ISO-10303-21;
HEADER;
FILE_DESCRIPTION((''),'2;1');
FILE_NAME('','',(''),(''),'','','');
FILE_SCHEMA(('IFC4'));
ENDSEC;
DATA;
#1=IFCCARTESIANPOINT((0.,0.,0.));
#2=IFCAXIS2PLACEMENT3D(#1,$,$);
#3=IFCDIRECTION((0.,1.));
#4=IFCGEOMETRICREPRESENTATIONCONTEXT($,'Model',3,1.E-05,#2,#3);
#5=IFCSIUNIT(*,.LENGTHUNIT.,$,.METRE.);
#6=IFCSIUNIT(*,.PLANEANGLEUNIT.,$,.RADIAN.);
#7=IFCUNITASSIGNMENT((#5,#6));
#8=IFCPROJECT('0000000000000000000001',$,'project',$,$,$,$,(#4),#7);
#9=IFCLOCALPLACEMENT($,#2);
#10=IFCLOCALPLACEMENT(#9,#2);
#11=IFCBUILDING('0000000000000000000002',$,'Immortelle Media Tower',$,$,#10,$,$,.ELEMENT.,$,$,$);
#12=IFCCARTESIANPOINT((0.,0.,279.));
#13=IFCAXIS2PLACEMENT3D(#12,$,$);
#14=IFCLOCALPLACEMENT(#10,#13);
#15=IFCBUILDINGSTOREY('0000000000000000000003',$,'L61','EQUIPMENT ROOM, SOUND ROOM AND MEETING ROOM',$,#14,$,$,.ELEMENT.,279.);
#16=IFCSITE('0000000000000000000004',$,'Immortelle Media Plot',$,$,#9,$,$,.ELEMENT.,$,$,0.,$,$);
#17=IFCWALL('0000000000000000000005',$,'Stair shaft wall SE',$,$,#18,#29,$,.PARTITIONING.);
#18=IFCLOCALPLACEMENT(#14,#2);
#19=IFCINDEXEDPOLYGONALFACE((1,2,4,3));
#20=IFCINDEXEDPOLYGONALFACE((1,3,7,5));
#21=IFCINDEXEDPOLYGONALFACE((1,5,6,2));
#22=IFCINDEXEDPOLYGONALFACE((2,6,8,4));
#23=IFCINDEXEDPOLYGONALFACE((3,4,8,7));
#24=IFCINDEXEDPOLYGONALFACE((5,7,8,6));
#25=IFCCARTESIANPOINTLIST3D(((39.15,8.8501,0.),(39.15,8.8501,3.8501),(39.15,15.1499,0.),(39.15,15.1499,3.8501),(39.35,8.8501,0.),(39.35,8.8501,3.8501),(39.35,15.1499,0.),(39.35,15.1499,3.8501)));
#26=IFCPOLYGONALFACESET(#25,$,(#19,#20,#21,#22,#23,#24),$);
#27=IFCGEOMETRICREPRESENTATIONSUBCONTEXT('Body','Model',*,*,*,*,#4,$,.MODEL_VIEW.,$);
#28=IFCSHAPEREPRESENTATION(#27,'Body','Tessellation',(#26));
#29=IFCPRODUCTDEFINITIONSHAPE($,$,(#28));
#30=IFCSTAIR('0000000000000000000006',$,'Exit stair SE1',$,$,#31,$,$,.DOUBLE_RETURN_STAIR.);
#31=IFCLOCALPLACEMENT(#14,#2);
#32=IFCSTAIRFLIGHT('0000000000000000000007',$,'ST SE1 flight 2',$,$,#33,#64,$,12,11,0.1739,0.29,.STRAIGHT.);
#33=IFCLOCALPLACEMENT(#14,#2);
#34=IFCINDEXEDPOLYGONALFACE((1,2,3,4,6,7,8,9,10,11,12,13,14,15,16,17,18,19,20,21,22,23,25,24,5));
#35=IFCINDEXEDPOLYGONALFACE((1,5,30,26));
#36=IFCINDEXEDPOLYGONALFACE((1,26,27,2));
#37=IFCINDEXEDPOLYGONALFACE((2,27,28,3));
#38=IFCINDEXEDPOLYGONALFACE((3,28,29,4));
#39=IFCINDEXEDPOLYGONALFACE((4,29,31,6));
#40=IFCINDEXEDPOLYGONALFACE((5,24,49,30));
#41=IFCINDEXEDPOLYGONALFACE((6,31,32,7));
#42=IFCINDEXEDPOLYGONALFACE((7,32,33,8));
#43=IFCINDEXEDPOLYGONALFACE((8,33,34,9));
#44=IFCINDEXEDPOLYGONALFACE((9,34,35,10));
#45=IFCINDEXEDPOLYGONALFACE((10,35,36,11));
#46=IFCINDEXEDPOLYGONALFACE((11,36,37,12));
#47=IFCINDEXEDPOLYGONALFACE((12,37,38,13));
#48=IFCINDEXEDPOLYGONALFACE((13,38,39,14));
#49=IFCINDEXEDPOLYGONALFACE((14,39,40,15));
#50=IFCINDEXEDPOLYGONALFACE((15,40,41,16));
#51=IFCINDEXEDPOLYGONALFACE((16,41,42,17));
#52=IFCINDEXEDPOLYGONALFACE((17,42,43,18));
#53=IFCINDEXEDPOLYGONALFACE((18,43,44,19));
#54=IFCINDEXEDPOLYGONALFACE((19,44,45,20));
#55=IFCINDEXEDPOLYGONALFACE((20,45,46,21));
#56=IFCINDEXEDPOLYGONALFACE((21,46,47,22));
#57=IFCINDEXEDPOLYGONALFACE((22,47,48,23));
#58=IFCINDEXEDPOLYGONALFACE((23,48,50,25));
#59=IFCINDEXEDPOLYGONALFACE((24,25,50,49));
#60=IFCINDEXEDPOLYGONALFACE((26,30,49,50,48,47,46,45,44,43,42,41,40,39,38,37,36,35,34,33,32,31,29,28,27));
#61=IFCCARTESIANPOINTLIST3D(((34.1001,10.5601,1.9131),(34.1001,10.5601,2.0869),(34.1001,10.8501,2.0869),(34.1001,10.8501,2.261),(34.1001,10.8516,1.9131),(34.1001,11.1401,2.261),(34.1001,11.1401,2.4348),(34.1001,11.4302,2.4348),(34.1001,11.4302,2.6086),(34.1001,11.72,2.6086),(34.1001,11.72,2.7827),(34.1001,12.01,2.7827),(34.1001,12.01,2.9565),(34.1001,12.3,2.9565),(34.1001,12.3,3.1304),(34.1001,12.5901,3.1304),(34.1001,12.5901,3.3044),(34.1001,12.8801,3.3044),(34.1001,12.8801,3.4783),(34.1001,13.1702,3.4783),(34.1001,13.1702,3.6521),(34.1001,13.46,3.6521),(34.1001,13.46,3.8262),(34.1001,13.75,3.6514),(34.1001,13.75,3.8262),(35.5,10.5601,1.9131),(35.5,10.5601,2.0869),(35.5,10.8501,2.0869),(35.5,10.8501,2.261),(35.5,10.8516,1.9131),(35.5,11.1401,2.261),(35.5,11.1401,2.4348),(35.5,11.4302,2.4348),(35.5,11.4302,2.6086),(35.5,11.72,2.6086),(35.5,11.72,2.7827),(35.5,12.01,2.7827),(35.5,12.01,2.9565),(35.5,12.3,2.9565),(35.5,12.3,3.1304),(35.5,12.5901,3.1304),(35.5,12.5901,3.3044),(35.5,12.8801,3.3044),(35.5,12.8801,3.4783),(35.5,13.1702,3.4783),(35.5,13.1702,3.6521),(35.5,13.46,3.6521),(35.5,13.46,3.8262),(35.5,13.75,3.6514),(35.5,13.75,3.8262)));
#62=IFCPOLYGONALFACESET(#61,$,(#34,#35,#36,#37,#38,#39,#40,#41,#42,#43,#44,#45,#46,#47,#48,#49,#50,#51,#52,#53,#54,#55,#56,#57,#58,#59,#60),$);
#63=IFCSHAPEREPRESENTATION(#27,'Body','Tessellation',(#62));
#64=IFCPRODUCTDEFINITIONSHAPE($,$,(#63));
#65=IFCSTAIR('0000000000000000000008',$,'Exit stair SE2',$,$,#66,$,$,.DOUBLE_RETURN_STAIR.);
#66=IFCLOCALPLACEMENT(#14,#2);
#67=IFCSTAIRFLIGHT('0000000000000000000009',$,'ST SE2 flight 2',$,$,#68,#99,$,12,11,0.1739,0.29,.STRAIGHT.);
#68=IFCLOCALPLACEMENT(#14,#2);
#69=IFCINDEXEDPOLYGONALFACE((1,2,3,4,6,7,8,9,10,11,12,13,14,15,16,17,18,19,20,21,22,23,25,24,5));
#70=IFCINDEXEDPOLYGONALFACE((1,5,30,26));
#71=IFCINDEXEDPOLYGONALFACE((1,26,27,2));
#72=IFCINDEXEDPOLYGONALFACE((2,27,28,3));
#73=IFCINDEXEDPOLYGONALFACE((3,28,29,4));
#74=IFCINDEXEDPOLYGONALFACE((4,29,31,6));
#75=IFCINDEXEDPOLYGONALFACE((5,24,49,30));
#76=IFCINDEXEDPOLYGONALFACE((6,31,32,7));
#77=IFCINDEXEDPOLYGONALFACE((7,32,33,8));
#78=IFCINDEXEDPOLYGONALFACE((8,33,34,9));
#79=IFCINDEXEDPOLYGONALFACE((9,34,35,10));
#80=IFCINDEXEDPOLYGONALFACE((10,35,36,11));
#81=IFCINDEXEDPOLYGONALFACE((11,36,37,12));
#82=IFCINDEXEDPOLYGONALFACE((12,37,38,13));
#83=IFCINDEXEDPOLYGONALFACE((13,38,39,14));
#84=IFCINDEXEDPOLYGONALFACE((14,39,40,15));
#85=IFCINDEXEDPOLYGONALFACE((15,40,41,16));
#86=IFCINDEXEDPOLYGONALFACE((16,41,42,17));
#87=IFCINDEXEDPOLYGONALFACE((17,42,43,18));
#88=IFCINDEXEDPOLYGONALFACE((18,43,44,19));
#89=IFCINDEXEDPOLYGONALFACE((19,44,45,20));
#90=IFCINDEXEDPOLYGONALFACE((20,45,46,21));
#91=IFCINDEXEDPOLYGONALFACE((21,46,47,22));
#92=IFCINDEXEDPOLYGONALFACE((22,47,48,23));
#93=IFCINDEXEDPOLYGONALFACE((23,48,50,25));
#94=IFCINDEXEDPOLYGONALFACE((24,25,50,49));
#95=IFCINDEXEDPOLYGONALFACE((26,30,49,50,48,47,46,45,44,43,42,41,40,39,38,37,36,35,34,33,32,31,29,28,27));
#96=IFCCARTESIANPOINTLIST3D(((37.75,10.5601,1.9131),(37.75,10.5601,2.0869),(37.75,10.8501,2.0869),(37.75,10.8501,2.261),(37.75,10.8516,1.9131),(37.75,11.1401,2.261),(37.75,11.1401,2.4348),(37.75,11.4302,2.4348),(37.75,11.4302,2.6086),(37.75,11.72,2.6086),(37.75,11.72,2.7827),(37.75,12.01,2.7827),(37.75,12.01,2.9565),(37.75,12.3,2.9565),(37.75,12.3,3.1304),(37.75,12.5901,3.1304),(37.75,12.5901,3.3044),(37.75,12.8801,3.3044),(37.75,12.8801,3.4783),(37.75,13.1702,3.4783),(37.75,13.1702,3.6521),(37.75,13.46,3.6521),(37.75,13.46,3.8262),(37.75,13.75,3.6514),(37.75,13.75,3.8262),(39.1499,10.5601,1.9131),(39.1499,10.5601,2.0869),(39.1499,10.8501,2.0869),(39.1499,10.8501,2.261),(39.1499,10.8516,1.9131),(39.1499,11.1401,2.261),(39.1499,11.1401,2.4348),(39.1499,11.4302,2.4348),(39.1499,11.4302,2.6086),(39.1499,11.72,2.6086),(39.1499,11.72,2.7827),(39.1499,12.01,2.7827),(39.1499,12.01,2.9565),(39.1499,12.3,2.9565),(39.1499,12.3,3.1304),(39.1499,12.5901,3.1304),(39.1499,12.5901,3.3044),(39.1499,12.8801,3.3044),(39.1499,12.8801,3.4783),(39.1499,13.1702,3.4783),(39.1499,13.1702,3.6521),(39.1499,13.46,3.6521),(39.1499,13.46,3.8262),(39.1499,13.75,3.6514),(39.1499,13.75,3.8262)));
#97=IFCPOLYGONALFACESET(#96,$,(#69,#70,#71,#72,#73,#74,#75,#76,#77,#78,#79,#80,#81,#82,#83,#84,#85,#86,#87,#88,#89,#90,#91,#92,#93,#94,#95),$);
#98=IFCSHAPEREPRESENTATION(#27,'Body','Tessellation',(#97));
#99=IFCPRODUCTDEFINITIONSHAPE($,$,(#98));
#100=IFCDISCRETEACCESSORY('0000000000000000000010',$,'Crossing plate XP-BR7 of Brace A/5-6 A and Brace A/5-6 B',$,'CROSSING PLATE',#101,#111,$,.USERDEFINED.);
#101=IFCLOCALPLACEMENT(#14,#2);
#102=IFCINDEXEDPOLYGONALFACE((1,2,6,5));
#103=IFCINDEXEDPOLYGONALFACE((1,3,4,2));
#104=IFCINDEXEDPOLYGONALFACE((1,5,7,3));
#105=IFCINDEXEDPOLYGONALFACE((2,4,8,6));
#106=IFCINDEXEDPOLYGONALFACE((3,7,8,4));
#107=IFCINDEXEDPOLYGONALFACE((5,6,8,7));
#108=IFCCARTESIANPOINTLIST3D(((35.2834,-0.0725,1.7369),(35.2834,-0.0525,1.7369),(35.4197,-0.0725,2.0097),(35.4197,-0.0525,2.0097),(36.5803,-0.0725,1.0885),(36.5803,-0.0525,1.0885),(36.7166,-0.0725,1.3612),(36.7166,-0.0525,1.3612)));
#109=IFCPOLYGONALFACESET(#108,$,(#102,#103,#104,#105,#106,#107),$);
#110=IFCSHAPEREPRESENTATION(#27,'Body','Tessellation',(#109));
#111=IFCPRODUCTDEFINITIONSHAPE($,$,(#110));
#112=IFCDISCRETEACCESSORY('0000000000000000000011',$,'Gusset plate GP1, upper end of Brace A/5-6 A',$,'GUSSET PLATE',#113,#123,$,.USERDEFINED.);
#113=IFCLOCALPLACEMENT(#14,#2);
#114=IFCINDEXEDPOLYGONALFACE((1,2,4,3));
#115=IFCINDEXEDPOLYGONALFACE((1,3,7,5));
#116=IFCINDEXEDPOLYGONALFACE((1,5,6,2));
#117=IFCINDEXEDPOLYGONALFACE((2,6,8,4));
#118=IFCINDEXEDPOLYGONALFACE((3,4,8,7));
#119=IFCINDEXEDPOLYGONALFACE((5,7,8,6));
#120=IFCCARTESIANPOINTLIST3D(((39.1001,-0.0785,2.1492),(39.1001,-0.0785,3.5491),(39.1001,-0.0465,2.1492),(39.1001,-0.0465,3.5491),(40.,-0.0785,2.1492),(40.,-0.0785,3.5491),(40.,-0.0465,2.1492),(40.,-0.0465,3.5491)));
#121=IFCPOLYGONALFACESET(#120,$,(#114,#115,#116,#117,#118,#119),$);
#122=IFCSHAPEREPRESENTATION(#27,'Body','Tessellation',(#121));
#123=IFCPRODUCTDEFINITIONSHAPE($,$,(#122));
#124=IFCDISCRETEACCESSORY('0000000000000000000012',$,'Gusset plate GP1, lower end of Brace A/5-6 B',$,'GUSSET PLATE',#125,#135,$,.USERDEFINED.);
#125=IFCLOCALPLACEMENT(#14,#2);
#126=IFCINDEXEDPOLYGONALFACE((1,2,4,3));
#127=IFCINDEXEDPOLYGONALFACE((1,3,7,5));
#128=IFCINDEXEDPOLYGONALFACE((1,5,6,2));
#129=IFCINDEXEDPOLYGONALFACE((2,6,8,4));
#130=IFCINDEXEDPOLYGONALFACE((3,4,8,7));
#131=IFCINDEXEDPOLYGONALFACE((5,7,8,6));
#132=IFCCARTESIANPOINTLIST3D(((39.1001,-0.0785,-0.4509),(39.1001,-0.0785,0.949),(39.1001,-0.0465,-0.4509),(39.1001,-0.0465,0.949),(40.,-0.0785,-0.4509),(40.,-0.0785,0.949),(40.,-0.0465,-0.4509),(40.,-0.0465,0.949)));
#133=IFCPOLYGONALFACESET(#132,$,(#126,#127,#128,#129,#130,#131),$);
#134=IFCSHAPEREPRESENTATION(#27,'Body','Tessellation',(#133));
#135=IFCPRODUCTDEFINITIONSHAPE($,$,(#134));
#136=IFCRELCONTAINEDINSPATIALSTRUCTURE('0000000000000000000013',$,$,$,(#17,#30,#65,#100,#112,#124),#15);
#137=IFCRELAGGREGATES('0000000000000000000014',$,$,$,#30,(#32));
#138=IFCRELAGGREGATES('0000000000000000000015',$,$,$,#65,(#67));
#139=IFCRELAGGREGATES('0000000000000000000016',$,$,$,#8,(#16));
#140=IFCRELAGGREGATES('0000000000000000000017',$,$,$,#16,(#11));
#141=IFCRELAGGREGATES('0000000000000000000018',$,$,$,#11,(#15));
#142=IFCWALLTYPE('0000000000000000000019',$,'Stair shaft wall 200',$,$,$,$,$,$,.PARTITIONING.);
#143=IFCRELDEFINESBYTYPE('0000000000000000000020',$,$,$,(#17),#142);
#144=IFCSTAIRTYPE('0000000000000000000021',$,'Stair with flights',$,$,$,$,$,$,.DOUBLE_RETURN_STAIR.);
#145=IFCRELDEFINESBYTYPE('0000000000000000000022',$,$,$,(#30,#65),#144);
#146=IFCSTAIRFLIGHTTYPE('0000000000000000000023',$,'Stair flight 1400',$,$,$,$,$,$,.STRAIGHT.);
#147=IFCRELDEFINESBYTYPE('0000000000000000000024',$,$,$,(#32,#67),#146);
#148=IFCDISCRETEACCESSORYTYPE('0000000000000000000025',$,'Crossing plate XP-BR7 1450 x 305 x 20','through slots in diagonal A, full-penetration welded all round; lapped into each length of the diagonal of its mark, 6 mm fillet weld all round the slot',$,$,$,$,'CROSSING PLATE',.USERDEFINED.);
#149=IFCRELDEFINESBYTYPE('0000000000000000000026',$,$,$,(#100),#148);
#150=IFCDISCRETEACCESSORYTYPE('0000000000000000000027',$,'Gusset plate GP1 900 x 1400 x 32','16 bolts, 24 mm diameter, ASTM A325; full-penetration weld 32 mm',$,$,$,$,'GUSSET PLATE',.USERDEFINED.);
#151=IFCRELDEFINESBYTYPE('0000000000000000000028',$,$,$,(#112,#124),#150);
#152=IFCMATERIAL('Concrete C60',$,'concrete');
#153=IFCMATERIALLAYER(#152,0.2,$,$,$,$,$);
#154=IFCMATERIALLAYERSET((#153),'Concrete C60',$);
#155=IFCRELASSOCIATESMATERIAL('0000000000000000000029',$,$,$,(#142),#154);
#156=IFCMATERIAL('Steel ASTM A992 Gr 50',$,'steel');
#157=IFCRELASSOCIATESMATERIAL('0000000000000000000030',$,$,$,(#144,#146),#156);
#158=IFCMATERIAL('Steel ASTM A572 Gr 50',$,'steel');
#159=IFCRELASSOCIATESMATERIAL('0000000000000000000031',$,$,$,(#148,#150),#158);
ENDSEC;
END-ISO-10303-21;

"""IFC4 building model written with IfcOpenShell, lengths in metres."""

from ifc_helpers import new_model, si_unit, direction, frame, frame_2d, origin, origin_2d, place, context, subcontext, project, spatial, polyline, rectangle, outline, extrude, material, layer, layer_set, material_profile, profile_set, type_object, element, aggregate, save


model = new_model("IFC4")

# Units and contexts
model_context = context("Model", 3, precision=1e-05, world=origin(), true_north=direction((0.0, 1.0)))
body_context = subcontext(model_context, "Body", "Model", "MODEL_VIEW")
ifc_project = project(units=[si_unit("LENGTHUNIT", "METRE"), si_unit("PLANEANGLEUNIT", "RADIAN")], contexts=[model_context])

# Site, building, storey
site_placement = place(None, origin())
site = spatial("IfcSite", under=ifc_project, at=site_placement, Name="Immortelle Media Plot", CompositionType="ELEMENT", RefElevation=0.0)
building_placement = place(site_placement, origin())
building = spatial("IfcBuilding", under=site, at=building_placement, Name="Immortelle Media Tower", CompositionType="ELEMENT")
storey_placement = place(building_placement, frame((0.0, 0.0, 279.0)))
storey = spatial("IfcBuildingStorey", under=building, at=storey_placement, Name="L61", Description="EQUIPMENT ROOM, SOUND ROOM AND MEETING ROOM", CompositionType="ELEMENT", Elevation=279.0)

# Shared definitions
ifc_material_1 = material(Name="Steel ASTM A992 Gr 50", Category="steel")

# Wall
ifc_material_2 = material(Name="Concrete C60", Category="concrete")
ifc_layer_1 = layer(ifc_material_2, 0.2)
ifc_layer_set_1 = layer_set([ifc_layer_1], Name="Concrete C60")
wall_type_1 = type_object("IfcWallType", Name="Stair shaft wall 200", PredefinedType="PARTITIONING", material=ifc_layer_set_1)
for number, where, z_axis, x_axis, name in (
    (1, (39.25, 8.8501, 0.0), (0.0, 0.0, 1.0), (0.0, 1.0, 0.0), "Stair shaft wall SE"),
):
    element("IfcWall", number, at=place(storey_placement, frame(where, z_axis=z_axis, x_axis=x_axis)), inside=storey, type_object=wall_type_1, Name=name, PredefinedType="PARTITIONING", context=body_context, shape_type="SweptSolid", body=[
        extrude(rectangle(XDim=6.2998, YDim=0.2, at=frame_2d((3.1499, 0.0))), origin(), (0.0, 0.0, 1.0), 3.8501),
    ])

# Stairs, stair flights
stair_type = type_object("IfcStairType", Name="Stair with flights", PredefinedType="DOUBLE_RETURN_STAIR", material=ifc_material_1)
stair_1_placement = place(storey_placement, origin())
stair_1 = element("IfcStair", 2, at=stair_1_placement, inside=storey, type_object=stair_type, Name="Exit stair SE1", PredefinedType="DOUBLE_RETURN_STAIR")
stair_flight_type = type_object("IfcStairFlightType", Name="Stair flight 1400", PredefinedType="STRAIGHT", material=ifc_material_1)
stair_flight_1_placement = place(storey_placement, frame((34.8, 10.5601, 1.9131), z_axis=(0.0, 0.0, 1.0), x_axis=(0.0, 1.0, 0.0)))
stair_flight_1 = element("IfcStairFlight", 3, at=stair_flight_1_placement, type_object=stair_flight_type, Name="ST SE1 flight 2", NumberOfRisers=12, NumberOfTreads=11, PredefinedType="STRAIGHT", RiserHeight=0.1739, TreadLength=0.29, context=body_context, shape_type="SweptSolid", body=[
    extrude(outline(polyline([(0.0, 0.0), (0.0, 0.1738), (0.29, 0.1738), (0.29, 0.3479), (0.5801, 0.3479), (0.5801, 0.5217), (0.8701, 0.5217), (0.8701, 0.6956), (1.1599, 0.6956), (1.1599, 0.8696), (1.45, 0.8696), (1.45, 1.0435), (1.74, 1.0435), (1.74, 1.2173), (2.03, 1.2173), (2.03, 1.3914), (2.3201, 1.3914), (2.3201, 1.5652), (2.6101, 1.5652), (2.6101, 1.739), (2.8999, 1.739), (2.8999, 1.9131), (3.1899, 1.9131), (3.1899, 2.0869), (3.1899, 1.7383), (0.2915, 0.0), (0.0, 0.0)])), frame((0.0, 0.7, 0.0), z_axis=(0.0, -1.0, 0.0), x_axis=(1.0, 0.0, 0.0)), (0.0, 0.0, 1.0), 1.3999),
])
aggregate(stair_1, [stair_flight_1])
stair_2_placement = place(storey_placement, origin())
stair_2 = element("IfcStair", 4, at=stair_2_placement, inside=storey, type_object=stair_type, Name="Exit stair SE2", PredefinedType="DOUBLE_RETURN_STAIR")
stair_flight_2_placement = place(storey_placement, frame((38.45, 10.5601, 1.9131), z_axis=(0.0, 0.0, 1.0), x_axis=(0.0, 1.0, 0.0)))
stair_flight_2 = element("IfcStairFlight", 5, at=stair_flight_2_placement, type_object=stair_flight_type, Name="ST SE2 flight 2", NumberOfRisers=12, NumberOfTreads=11, PredefinedType="STRAIGHT", RiserHeight=0.1739, TreadLength=0.29, context=body_context, shape_type="SweptSolid", body=[
    extrude(outline(polyline([(0.0, 0.0), (0.0, 0.1738), (0.29, 0.1738), (0.29, 0.3479), (0.5801, 0.3479), (0.5801, 0.5217), (0.8701, 0.5217), (0.8701, 0.6956), (1.1599, 0.6956), (1.1599, 0.8696), (1.45, 0.8696), (1.45, 1.0435), (1.74, 1.0435), (1.74, 1.2173), (2.03, 1.2173), (2.03, 1.3914), (2.3201, 1.3914), (2.3201, 1.5652), (2.6101, 1.5652), (2.6101, 1.739), (2.8999, 1.739), (2.8999, 1.9131), (3.1899, 1.9131), (3.1899, 2.0869), (3.1899, 1.7383), (0.2915, 0.0), (0.0, 0.0)])), frame((0.0, 0.7, 0.0), z_axis=(0.0, -1.0, 0.0), x_axis=(1.0, 0.0, 0.0)), (0.0, 0.0, 1.0), 1.3999),
])
aggregate(stair_2, [stair_flight_2])

# Discrete accessories
ifc_material_3 = material(Name="Steel ASTM A572 Gr 50", Category="steel")
ifc_material_profile_1 = material_profile(ifc_material_3, rectangle(XDim=0.02, YDim=0.3049, at=origin_2d()), Name="PL 20 x 305")
ifc_profile_set_1 = profile_set([ifc_material_profile_1], Name="Steel ASTM A572 Gr 50")
discrete_accessory_type_1 = type_object("IfcDiscreteAccessoryType", Name="Crossing plate XP-BR7 1450 x 305 x 20", Description="through slots in diagonal A, full-penetration welded all round; lapped into each length of the diagonal of its mark, 6 mm fillet weld all round the slot", ElementType="CROSSING PLATE", PredefinedType="USERDEFINED", material=ifc_profile_set_1)
discrete_accessory_placement = place(storey_placement, frame((35.3516, -0.0625, 1.8733), z_axis=(0.894427, 0.0, -0.447214), x_axis=(0.0, 1.0, 0.0)))
element("IfcDiscreteAccessory", 6, at=discrete_accessory_placement, inside=storey, type_object=discrete_accessory_type_1, Name="Crossing plate XP-BR7 of Brace A/5-6 A and Brace A/5-6 B", ObjectType="CROSSING PLATE", PredefinedType="USERDEFINED", context=body_context, shape_type="SweptSolid", body=[
    extrude(rectangle(XDim=0.02, YDim=0.3049, at=origin_2d()), origin(), (0.0, 0.0, 1.0), 1.45),
])
ifc_material_profile_2 = material_profile(ifc_material_3, rectangle(XDim=0.032, YDim=1.3999, at=origin_2d()), Name="PL 32 x 1400")
ifc_profile_set_2 = profile_set([ifc_material_profile_2], Name="Steel ASTM A572 Gr 50")
discrete_accessory_type_2 = type_object("IfcDiscreteAccessoryType", Name="Gusset plate GP1 900 x 1400 x 32", Description="16 bolts, 24 mm diameter, ASTM A325; full-penetration weld 32 mm", ElementType="GUSSET PLATE", PredefinedType="USERDEFINED", material=ifc_profile_set_2)
for number, where, z_axis, x_axis, name in (
    (7, (40.0, -0.0625, 2.8491), (-1.0, 0.0, 0.0), (0.0, -1.0, 0.0), "Gusset plate GP1, upper end of Brace A/5-6 A"),
    (8, (40.0, -0.0625, 0.249), (-1.0, 0.0, 0.0), (0.0, -1.0, 0.0), "Gusset plate GP1, lower end of Brace A/5-6 B"),
):
    element("IfcDiscreteAccessory", number, at=place(storey_placement, frame(where, z_axis=z_axis, x_axis=x_axis)), inside=storey, type_object=discrete_accessory_type_2, Name=name, ObjectType="GUSSET PLATE", PredefinedType="USERDEFINED", context=body_context, shape_type="SweptSolid", body=[
        extrude(rectangle(XDim=0.032, YDim=1.3999, at=origin_2d()), origin(), (0.0, 0.0, 1.0), 0.8999),
    ])

save(model, "model.ifc")
